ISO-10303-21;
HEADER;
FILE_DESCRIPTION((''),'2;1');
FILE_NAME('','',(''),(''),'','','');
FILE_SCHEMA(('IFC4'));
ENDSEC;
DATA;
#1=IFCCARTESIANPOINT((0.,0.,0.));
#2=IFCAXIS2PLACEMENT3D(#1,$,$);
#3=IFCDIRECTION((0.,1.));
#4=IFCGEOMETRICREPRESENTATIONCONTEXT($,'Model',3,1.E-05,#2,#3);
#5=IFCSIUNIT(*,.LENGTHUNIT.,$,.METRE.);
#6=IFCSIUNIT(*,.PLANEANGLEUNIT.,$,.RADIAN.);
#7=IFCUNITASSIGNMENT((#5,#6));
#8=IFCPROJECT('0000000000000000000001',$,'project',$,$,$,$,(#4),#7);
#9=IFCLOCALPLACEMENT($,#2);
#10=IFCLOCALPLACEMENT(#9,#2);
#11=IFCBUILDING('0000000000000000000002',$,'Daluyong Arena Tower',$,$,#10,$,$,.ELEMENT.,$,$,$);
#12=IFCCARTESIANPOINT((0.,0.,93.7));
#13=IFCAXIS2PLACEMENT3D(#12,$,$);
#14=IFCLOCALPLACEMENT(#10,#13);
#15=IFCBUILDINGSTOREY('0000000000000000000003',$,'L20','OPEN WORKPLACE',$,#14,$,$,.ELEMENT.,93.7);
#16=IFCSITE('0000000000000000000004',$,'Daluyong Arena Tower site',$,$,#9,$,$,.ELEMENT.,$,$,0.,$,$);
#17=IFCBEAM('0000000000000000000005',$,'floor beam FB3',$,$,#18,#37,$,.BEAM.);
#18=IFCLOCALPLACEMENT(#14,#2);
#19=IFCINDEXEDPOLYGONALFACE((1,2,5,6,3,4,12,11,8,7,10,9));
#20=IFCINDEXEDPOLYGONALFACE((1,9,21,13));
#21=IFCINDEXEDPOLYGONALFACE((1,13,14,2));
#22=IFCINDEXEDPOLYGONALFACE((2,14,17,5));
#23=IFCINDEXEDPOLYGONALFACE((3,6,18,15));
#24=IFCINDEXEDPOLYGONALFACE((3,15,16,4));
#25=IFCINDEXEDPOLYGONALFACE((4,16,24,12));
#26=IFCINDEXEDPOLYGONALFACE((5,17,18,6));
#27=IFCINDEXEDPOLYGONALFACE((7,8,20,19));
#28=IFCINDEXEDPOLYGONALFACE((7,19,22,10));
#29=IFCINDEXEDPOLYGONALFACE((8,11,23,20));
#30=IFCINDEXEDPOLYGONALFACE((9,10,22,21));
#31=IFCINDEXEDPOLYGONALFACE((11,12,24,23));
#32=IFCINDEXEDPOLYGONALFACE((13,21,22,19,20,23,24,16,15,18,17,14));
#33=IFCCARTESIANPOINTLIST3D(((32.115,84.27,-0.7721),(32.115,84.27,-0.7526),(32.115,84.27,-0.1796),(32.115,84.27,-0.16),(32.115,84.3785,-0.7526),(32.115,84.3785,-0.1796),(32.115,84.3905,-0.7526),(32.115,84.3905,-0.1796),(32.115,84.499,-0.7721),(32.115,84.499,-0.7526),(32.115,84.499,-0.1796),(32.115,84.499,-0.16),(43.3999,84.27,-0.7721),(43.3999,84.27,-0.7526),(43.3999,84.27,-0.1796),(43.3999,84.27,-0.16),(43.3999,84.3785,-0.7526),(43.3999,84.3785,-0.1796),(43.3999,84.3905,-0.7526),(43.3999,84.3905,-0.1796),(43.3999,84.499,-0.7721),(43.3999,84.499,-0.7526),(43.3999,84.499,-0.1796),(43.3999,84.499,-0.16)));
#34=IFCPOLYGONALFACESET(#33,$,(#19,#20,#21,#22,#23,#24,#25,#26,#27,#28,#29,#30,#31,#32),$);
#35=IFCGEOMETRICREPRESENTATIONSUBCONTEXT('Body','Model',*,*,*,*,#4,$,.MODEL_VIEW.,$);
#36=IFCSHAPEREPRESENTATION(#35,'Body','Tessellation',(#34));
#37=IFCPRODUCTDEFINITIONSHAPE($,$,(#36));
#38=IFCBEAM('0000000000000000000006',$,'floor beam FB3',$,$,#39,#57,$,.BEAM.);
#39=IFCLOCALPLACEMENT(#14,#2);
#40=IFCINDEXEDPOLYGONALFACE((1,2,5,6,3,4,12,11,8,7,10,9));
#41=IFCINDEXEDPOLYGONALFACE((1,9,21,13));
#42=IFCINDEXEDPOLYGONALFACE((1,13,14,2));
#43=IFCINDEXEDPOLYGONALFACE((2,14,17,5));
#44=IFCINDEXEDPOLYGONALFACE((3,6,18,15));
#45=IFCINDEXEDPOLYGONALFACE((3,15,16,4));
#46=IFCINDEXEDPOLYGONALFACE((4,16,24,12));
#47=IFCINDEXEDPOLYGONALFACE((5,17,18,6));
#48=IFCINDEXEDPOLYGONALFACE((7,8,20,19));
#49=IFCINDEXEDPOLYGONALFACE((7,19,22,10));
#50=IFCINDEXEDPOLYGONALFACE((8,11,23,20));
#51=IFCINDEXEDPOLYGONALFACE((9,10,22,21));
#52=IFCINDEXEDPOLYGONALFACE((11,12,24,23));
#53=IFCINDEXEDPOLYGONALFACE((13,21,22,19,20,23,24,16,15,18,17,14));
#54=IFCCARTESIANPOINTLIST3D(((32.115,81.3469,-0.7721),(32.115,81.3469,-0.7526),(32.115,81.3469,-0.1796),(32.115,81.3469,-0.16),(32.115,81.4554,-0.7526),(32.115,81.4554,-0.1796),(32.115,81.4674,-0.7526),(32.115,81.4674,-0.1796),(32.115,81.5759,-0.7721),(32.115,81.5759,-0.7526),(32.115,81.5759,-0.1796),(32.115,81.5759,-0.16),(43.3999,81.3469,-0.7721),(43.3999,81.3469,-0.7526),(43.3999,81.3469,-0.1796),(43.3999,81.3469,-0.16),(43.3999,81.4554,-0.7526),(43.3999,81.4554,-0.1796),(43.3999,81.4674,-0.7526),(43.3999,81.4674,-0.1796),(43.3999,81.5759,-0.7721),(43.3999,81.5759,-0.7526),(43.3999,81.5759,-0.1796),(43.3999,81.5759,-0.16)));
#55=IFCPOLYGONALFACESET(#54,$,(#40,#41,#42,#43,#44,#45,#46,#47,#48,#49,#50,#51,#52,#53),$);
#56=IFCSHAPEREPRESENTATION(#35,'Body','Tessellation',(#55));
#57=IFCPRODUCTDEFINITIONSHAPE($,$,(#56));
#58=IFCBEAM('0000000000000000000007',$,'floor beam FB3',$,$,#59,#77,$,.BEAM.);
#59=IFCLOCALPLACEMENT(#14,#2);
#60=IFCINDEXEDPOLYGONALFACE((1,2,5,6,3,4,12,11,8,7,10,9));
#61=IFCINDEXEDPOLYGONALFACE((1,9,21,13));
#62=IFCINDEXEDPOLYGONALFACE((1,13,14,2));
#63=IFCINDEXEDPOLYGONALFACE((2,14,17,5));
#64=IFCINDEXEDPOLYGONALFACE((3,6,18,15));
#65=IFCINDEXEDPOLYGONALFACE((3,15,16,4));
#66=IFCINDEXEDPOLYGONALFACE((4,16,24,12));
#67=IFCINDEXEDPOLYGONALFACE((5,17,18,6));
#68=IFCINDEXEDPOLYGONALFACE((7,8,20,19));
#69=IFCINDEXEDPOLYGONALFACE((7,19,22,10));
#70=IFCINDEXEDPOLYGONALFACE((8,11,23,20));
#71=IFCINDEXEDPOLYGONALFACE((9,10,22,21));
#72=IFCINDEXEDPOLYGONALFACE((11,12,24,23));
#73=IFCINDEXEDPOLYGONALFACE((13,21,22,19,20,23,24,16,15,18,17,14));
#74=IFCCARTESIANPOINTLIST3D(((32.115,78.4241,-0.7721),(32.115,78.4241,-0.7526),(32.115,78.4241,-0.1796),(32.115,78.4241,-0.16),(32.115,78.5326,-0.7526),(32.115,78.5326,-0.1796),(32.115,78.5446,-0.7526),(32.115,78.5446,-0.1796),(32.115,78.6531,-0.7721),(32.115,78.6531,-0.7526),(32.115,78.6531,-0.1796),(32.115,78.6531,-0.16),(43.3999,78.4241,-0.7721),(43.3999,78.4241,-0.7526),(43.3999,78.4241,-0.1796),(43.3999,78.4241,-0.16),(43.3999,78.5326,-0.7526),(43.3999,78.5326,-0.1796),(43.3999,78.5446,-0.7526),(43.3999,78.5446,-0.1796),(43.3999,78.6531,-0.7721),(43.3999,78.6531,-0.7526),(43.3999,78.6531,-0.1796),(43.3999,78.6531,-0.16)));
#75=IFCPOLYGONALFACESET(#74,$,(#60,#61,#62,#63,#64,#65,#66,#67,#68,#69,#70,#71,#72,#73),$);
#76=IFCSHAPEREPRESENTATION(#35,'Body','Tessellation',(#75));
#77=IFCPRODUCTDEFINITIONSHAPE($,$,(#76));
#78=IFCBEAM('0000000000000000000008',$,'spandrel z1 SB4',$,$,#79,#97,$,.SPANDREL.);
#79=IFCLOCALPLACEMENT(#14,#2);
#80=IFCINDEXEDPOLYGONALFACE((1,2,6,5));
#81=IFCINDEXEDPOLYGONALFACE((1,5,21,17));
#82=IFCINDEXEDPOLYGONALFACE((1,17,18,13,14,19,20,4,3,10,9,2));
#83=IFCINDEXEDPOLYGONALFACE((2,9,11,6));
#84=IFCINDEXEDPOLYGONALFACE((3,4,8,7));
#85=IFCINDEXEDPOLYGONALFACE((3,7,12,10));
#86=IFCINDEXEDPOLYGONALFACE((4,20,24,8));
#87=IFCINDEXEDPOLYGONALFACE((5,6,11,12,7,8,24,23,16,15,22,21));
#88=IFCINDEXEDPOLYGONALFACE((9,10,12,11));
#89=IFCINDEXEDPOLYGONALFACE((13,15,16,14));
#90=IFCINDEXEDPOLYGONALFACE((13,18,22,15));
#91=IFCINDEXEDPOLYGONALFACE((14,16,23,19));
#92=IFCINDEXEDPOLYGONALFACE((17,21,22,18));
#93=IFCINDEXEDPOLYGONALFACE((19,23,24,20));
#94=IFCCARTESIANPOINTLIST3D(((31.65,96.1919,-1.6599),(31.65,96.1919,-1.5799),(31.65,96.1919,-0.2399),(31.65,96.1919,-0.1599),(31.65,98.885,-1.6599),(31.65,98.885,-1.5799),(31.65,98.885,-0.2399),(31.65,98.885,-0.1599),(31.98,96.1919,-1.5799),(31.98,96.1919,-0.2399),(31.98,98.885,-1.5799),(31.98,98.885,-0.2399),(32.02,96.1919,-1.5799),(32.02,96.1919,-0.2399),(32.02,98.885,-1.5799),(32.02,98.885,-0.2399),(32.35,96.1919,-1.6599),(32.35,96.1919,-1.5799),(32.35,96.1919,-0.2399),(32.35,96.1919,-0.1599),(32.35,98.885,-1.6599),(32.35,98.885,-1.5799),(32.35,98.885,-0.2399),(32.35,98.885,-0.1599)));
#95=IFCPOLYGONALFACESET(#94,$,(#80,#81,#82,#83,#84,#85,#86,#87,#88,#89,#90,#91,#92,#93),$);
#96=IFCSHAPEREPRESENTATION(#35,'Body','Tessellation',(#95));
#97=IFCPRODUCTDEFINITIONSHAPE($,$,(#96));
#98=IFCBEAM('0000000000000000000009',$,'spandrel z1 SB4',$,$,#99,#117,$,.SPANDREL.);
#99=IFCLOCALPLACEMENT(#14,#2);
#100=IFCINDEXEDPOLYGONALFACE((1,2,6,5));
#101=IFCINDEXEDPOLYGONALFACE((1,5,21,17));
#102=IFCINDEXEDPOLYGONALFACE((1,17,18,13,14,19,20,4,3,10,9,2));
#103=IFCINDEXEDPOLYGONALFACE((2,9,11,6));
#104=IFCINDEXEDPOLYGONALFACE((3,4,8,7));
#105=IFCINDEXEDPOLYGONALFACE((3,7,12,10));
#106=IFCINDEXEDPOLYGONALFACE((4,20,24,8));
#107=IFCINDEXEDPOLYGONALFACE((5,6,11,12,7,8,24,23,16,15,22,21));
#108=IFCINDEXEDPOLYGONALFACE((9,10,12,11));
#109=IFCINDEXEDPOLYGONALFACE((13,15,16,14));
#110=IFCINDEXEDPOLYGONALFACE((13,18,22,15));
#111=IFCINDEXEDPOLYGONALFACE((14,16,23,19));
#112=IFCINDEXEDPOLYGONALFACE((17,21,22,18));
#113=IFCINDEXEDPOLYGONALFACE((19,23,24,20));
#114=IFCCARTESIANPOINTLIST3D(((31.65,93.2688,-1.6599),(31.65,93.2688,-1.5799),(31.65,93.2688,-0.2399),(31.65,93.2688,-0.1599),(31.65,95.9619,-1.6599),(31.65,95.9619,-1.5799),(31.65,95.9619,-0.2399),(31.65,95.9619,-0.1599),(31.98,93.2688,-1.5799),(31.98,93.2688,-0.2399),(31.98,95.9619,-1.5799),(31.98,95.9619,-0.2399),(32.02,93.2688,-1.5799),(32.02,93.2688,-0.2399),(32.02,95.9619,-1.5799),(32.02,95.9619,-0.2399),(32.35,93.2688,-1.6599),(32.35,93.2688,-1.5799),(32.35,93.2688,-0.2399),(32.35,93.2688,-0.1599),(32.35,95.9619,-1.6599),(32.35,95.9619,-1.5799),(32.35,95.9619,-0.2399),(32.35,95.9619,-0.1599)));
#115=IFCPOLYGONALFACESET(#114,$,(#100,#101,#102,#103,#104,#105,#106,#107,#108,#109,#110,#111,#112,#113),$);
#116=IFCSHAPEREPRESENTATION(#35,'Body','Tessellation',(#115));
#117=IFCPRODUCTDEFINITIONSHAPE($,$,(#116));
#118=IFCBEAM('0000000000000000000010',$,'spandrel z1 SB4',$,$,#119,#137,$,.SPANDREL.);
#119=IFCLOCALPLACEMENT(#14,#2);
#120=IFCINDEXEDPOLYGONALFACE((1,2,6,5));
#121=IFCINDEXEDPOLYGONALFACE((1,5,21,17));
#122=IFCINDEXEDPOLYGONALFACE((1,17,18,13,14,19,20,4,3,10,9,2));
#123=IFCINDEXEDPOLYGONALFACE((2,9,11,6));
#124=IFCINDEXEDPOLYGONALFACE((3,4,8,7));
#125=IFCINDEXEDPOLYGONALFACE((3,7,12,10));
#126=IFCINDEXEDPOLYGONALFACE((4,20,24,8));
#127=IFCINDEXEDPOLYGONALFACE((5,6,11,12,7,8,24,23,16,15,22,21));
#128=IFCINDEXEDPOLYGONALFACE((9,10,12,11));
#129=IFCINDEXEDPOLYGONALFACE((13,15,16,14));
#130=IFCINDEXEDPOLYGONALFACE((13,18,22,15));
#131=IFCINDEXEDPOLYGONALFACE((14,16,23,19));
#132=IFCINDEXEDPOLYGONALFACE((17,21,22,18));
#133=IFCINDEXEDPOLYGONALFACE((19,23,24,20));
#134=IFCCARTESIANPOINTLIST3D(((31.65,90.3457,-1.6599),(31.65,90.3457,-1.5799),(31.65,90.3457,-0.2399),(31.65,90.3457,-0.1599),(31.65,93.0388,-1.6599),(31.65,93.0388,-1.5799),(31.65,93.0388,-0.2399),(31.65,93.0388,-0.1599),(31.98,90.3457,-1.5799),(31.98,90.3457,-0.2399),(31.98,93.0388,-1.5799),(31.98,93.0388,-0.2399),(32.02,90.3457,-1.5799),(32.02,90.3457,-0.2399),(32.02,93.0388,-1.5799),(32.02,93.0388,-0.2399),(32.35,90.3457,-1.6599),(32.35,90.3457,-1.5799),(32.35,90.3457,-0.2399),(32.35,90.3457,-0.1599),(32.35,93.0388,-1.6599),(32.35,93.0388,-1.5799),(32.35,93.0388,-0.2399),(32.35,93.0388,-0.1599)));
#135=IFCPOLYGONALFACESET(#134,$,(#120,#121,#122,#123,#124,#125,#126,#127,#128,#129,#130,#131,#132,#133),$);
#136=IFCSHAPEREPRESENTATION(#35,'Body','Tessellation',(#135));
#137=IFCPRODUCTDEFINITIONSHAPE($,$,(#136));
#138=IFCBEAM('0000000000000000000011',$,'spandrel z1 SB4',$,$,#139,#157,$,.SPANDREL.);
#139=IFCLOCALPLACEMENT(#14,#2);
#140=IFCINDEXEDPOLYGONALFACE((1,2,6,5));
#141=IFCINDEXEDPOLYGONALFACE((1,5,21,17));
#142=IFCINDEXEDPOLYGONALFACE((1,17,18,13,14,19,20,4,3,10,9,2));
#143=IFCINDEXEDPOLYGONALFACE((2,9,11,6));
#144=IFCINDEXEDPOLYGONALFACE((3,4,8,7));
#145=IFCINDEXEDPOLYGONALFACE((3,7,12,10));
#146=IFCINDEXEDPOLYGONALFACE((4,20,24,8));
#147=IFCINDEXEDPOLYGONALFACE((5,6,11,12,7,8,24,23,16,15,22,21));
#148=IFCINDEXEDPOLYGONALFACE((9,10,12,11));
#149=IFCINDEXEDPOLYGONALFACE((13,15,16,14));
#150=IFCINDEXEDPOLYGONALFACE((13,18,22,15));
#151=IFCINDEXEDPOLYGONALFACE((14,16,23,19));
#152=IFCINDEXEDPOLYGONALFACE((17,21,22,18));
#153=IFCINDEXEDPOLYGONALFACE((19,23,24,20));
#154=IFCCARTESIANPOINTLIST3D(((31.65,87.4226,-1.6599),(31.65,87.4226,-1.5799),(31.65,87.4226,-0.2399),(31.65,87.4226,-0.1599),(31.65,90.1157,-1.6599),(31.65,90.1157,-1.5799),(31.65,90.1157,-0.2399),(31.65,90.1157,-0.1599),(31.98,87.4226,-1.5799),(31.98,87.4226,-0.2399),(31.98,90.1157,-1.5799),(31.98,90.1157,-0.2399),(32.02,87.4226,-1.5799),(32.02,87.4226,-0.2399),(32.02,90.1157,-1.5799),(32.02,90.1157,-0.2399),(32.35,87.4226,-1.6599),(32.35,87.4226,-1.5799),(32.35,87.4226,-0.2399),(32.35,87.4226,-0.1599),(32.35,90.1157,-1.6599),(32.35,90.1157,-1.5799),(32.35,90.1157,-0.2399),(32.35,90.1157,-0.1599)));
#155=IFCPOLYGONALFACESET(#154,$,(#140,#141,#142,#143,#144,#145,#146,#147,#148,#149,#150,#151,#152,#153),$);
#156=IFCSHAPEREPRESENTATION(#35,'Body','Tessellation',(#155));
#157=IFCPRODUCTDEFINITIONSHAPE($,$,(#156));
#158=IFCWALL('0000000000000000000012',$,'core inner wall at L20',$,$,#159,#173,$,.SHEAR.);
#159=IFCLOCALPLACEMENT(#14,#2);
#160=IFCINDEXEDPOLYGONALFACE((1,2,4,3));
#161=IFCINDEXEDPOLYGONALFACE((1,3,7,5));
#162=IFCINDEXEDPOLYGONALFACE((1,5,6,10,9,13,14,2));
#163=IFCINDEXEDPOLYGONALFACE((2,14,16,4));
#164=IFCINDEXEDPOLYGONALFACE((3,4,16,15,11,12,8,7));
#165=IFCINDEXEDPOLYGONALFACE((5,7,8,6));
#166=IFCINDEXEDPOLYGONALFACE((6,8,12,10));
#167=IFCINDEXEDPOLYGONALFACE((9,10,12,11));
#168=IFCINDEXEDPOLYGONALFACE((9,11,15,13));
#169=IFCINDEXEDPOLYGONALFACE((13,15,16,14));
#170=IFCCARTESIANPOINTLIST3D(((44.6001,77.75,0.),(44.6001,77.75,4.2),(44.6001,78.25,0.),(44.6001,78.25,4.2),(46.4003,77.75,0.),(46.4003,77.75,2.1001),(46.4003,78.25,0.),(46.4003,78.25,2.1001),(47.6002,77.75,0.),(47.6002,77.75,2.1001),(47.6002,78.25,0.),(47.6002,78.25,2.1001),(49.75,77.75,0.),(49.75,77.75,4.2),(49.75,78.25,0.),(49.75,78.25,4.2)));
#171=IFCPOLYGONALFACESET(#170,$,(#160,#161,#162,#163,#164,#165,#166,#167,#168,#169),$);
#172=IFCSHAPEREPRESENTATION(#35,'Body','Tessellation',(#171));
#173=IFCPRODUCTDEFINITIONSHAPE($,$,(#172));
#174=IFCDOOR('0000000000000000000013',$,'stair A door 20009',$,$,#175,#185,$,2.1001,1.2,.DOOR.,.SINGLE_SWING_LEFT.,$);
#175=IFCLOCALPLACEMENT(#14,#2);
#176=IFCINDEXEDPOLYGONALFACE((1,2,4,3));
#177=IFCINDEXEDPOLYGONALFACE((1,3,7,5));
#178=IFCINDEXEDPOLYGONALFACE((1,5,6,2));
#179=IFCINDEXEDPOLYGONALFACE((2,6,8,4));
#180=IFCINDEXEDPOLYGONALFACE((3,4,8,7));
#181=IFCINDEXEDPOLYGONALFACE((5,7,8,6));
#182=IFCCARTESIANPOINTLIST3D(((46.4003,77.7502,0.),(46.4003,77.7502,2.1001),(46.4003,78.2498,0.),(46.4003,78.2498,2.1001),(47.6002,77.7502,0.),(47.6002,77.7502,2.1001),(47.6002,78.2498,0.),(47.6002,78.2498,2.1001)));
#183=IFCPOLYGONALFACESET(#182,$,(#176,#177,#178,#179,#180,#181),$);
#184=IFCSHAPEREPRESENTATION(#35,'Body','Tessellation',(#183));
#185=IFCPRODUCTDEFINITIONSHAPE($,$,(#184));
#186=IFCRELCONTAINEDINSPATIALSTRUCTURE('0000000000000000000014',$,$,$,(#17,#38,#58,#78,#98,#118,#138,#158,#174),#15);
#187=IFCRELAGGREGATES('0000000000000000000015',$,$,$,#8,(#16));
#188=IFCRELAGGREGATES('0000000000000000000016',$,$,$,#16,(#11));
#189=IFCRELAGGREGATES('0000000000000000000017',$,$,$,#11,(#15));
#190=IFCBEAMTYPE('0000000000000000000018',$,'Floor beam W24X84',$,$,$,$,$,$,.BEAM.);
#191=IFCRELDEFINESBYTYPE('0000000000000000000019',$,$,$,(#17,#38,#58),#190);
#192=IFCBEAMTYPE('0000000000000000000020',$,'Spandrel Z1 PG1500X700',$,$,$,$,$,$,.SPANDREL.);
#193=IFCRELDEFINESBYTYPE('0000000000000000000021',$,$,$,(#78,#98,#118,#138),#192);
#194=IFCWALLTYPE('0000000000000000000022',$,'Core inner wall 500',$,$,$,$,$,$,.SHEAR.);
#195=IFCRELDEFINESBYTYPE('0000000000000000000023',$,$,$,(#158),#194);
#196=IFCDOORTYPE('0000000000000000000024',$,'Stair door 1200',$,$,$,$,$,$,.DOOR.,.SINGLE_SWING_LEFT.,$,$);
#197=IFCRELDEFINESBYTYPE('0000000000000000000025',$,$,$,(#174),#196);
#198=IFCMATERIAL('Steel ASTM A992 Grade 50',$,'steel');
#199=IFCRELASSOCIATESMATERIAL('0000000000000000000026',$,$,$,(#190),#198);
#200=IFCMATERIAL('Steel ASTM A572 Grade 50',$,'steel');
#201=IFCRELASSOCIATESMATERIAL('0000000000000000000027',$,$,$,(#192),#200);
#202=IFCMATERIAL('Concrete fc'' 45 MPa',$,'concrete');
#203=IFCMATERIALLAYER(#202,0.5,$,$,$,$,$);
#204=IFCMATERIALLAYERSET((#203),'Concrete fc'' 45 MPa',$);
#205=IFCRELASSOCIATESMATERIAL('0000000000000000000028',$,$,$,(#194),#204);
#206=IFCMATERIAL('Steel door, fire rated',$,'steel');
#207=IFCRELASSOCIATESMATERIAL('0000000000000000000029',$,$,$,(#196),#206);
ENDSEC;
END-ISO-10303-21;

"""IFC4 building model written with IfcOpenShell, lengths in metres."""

from ifc_helpers import new_model, si_unit, direction, frame, frame_2d, origin, origin_2d, place, context, subcontext, project, spatial, rectangle, i_section, extrude, material, layer, layer_set, material_profile, profile_set, type_object, element, fill, save


model = new_model("IFC4")

# Units and contexts
model_context = context("Model", 3, precision=1e-05, world=origin(), true_north=direction((0.0, 1.0)))
body_context = subcontext(model_context, "Body", "Model", "MODEL_VIEW")
ifc_project = project(units=[si_unit("LENGTHUNIT", "METRE"), si_unit("PLANEANGLEUNIT", "RADIAN")], contexts=[model_context])

# Site, building, storey
site_placement = place(None, origin())
site = spatial("IfcSite", under=ifc_project, at=site_placement, Name="Daluyong Arena Tower site", CompositionType="ELEMENT", RefElevation=0.0)
building_placement = place(site_placement, origin())
building = spatial("IfcBuilding", under=site, at=building_placement, Name="Daluyong Arena Tower", CompositionType="ELEMENT")
storey_placement = place(building_placement, frame((0.0, 0.0, 93.7)))
storey = spatial("IfcBuildingStorey", under=building, at=storey_placement, Name="L20", Description="OPEN WORKPLACE", CompositionType="ELEMENT", Elevation=93.7)

# Beams
ifc_material_1 = material(Name="Steel ASTM A992 Grade 50", Category="steel")
ifc_material_profile_1 = material_profile(ifc_material_1, i_section(OverallWidth=0.229, OverallDepth=0.6121, WebThickness=0.012, FlangeThickness=0.0195, at=origin_2d()))
ifc_profile_set_1 = profile_set([ifc_material_profile_1], Name="Steel ASTM A992 Grade 50")
beam_type_1 = type_object("IfcBeamType", Name="Floor beam W24X84", PredefinedType="BEAM", material=ifc_profile_set_1)
for number, where, z_axis, x_axis, name in (
    (1, (32.115, 84.3845, -0.4661), (1.0, 0.0, 0.0), (0.0, 1.0, 0.0), "floor beam FB3"),
    (2, (32.115, 81.4614, -0.4661), (1.0, 0.0, 0.0), (0.0, 1.0, 0.0), "floor beam FB3"),
    (3, (32.115, 78.5386, -0.4661), (1.0, 0.0, 0.0), (0.0, 1.0, 0.0), "floor beam FB3"),
):
    element("IfcBeam", number, at=place(storey_placement, frame(where, z_axis=z_axis, x_axis=x_axis)), inside=storey, type_object=beam_type_1, Name=name, PredefinedType="BEAM", context=body_context, shape_type="SweptSolid", body=[
        extrude(i_section(OverallWidth=0.229, OverallDepth=0.6121, WebThickness=0.012, FlangeThickness=0.0195, at=origin_2d()), origin(), (0.0, 0.0, 1.0), 11.2849),
    ])
ifc_material_2 = material(Name="Steel ASTM A572 Grade 50", Category="steel")
ifc_material_profile_2 = material_profile(ifc_material_2, i_section(OverallWidth=0.7, OverallDepth=1.5, WebThickness=0.04, FlangeThickness=0.08, at=origin_2d()))
ifc_profile_set_2 = profile_set([ifc_material_profile_2], Name="Steel ASTM A572 Grade 50")
beam_type_2 = type_object("IfcBeamType", Name="Spandrel Z1 PG1500X700", PredefinedType="SPANDREL", material=ifc_profile_set_2)
for number, where, z_axis, x_axis, name in (
    (4, (32.0, 98.885, -0.9099), (0.0, -1.0, 0.0), (1.0, 0.0, 0.0), "spandrel z1 SB4"),
    (5, (32.0, 95.9619, -0.9099), (0.0, -1.0, 0.0), (1.0, 0.0, 0.0), "spandrel z1 SB4"),
    (6, (32.0, 93.0388, -0.9099), (0.0, -1.0, 0.0), (1.0, 0.0, 0.0), "spandrel z1 SB4"),
    (7, (32.0, 90.1157, -0.9099), (0.0, -1.0, 0.0), (1.0, 0.0, 0.0), "spandrel z1 SB4"),
):
    element("IfcBeam", number, at=place(storey_placement, frame(where, z_axis=z_axis, x_axis=x_axis)), inside=storey, type_object=beam_type_2, Name=name, PredefinedType="SPANDREL", context=body_context, shape_type="SweptSolid", body=[
        extrude(i_section(OverallWidth=0.7, OverallDepth=1.5, WebThickness=0.04, FlangeThickness=0.08, at=origin_2d()), origin(), (0.0, 0.0, 1.0), 2.6931),
    ])

# Wall, opening, door
ifc_material_3 = material(Name="Concrete fc' 45 MPa", Category="concrete")
ifc_layer_1 = layer(ifc_material_3, 0.5)
ifc_layer_set_1 = layer_set([ifc_layer_1], Name="Concrete fc' 45 MPa")
wall_type_1 = type_object("IfcWallType", Name="Core inner wall 500", PredefinedType="SHEAR", material=ifc_layer_set_1)
wall_1_placement = place(storey_placement, frame((44.6001, 78.0, 0.0), z_axis=(0.0, 0.0, 1.0), x_axis=(1.0, 0.0, 0.0)))
wall_1 = element("IfcWall", 8, at=wall_1_placement, inside=storey, type_object=wall_type_1, Name="core inner wall at L20", PredefinedType="SHEAR", context=body_context, shape_type="SweptSolid", body=[
    extrude(rectangle(XDim=5.1499, YDim=0.5, at=frame_2d((2.575, 0.0))), origin(), (0.0, 0.0, 1.0), 4.2),
])
opening_1_placement = place(wall_1_placement, frame((1.8, 0.0, 0.0)))
opening_1 = element("IfcOpeningElement", 9, at=opening_1_placement, cuts=wall_1, PredefinedType="OPENING", context=body_context, shape_type="SweptSolid", body=[
    extrude(rectangle(XDim=1.2, YDim=2.1001, at=frame_2d((0.6001, 1.05))), frame((0.0, 0.26, 0.0), z_axis=(0.0, -1.0, 0.0), x_axis=(1.0, 0.0, 0.0)), (0.0, 0.0, 1.0), 0.52),
])
ifc_material_4 = material(Name="Steel door, fire rated", Category="steel")
door_type_1 = type_object("IfcDoorType", Name="Stair door 1200", OperationType="SINGLE_SWING_LEFT", PredefinedType="DOOR", material=ifc_material_4)
door_1_placement = place(opening_1_placement, origin())
door_1 = element("IfcDoor", 10, at=door_1_placement, inside=storey, type_object=door_type_1, Name="stair A door 20009", OperationType="SINGLE_SWING_LEFT", OverallHeight=2.1001, OverallWidth=1.2, PredefinedType="DOOR", context=body_context, shape_type="SweptSolid", body=[
    extrude(rectangle(XDim=1.2, YDim=2.1001, at=frame_2d((0.6001, 1.05))), frame((0.0, 0.2498, 0.0), z_axis=(0.0, -1.0, 0.0), x_axis=(1.0, 0.0, 0.0)), (0.0, 0.0, 1.0), 0.4995),
])
fill(opening_1, door_1)

save(model, "model.ifc")
